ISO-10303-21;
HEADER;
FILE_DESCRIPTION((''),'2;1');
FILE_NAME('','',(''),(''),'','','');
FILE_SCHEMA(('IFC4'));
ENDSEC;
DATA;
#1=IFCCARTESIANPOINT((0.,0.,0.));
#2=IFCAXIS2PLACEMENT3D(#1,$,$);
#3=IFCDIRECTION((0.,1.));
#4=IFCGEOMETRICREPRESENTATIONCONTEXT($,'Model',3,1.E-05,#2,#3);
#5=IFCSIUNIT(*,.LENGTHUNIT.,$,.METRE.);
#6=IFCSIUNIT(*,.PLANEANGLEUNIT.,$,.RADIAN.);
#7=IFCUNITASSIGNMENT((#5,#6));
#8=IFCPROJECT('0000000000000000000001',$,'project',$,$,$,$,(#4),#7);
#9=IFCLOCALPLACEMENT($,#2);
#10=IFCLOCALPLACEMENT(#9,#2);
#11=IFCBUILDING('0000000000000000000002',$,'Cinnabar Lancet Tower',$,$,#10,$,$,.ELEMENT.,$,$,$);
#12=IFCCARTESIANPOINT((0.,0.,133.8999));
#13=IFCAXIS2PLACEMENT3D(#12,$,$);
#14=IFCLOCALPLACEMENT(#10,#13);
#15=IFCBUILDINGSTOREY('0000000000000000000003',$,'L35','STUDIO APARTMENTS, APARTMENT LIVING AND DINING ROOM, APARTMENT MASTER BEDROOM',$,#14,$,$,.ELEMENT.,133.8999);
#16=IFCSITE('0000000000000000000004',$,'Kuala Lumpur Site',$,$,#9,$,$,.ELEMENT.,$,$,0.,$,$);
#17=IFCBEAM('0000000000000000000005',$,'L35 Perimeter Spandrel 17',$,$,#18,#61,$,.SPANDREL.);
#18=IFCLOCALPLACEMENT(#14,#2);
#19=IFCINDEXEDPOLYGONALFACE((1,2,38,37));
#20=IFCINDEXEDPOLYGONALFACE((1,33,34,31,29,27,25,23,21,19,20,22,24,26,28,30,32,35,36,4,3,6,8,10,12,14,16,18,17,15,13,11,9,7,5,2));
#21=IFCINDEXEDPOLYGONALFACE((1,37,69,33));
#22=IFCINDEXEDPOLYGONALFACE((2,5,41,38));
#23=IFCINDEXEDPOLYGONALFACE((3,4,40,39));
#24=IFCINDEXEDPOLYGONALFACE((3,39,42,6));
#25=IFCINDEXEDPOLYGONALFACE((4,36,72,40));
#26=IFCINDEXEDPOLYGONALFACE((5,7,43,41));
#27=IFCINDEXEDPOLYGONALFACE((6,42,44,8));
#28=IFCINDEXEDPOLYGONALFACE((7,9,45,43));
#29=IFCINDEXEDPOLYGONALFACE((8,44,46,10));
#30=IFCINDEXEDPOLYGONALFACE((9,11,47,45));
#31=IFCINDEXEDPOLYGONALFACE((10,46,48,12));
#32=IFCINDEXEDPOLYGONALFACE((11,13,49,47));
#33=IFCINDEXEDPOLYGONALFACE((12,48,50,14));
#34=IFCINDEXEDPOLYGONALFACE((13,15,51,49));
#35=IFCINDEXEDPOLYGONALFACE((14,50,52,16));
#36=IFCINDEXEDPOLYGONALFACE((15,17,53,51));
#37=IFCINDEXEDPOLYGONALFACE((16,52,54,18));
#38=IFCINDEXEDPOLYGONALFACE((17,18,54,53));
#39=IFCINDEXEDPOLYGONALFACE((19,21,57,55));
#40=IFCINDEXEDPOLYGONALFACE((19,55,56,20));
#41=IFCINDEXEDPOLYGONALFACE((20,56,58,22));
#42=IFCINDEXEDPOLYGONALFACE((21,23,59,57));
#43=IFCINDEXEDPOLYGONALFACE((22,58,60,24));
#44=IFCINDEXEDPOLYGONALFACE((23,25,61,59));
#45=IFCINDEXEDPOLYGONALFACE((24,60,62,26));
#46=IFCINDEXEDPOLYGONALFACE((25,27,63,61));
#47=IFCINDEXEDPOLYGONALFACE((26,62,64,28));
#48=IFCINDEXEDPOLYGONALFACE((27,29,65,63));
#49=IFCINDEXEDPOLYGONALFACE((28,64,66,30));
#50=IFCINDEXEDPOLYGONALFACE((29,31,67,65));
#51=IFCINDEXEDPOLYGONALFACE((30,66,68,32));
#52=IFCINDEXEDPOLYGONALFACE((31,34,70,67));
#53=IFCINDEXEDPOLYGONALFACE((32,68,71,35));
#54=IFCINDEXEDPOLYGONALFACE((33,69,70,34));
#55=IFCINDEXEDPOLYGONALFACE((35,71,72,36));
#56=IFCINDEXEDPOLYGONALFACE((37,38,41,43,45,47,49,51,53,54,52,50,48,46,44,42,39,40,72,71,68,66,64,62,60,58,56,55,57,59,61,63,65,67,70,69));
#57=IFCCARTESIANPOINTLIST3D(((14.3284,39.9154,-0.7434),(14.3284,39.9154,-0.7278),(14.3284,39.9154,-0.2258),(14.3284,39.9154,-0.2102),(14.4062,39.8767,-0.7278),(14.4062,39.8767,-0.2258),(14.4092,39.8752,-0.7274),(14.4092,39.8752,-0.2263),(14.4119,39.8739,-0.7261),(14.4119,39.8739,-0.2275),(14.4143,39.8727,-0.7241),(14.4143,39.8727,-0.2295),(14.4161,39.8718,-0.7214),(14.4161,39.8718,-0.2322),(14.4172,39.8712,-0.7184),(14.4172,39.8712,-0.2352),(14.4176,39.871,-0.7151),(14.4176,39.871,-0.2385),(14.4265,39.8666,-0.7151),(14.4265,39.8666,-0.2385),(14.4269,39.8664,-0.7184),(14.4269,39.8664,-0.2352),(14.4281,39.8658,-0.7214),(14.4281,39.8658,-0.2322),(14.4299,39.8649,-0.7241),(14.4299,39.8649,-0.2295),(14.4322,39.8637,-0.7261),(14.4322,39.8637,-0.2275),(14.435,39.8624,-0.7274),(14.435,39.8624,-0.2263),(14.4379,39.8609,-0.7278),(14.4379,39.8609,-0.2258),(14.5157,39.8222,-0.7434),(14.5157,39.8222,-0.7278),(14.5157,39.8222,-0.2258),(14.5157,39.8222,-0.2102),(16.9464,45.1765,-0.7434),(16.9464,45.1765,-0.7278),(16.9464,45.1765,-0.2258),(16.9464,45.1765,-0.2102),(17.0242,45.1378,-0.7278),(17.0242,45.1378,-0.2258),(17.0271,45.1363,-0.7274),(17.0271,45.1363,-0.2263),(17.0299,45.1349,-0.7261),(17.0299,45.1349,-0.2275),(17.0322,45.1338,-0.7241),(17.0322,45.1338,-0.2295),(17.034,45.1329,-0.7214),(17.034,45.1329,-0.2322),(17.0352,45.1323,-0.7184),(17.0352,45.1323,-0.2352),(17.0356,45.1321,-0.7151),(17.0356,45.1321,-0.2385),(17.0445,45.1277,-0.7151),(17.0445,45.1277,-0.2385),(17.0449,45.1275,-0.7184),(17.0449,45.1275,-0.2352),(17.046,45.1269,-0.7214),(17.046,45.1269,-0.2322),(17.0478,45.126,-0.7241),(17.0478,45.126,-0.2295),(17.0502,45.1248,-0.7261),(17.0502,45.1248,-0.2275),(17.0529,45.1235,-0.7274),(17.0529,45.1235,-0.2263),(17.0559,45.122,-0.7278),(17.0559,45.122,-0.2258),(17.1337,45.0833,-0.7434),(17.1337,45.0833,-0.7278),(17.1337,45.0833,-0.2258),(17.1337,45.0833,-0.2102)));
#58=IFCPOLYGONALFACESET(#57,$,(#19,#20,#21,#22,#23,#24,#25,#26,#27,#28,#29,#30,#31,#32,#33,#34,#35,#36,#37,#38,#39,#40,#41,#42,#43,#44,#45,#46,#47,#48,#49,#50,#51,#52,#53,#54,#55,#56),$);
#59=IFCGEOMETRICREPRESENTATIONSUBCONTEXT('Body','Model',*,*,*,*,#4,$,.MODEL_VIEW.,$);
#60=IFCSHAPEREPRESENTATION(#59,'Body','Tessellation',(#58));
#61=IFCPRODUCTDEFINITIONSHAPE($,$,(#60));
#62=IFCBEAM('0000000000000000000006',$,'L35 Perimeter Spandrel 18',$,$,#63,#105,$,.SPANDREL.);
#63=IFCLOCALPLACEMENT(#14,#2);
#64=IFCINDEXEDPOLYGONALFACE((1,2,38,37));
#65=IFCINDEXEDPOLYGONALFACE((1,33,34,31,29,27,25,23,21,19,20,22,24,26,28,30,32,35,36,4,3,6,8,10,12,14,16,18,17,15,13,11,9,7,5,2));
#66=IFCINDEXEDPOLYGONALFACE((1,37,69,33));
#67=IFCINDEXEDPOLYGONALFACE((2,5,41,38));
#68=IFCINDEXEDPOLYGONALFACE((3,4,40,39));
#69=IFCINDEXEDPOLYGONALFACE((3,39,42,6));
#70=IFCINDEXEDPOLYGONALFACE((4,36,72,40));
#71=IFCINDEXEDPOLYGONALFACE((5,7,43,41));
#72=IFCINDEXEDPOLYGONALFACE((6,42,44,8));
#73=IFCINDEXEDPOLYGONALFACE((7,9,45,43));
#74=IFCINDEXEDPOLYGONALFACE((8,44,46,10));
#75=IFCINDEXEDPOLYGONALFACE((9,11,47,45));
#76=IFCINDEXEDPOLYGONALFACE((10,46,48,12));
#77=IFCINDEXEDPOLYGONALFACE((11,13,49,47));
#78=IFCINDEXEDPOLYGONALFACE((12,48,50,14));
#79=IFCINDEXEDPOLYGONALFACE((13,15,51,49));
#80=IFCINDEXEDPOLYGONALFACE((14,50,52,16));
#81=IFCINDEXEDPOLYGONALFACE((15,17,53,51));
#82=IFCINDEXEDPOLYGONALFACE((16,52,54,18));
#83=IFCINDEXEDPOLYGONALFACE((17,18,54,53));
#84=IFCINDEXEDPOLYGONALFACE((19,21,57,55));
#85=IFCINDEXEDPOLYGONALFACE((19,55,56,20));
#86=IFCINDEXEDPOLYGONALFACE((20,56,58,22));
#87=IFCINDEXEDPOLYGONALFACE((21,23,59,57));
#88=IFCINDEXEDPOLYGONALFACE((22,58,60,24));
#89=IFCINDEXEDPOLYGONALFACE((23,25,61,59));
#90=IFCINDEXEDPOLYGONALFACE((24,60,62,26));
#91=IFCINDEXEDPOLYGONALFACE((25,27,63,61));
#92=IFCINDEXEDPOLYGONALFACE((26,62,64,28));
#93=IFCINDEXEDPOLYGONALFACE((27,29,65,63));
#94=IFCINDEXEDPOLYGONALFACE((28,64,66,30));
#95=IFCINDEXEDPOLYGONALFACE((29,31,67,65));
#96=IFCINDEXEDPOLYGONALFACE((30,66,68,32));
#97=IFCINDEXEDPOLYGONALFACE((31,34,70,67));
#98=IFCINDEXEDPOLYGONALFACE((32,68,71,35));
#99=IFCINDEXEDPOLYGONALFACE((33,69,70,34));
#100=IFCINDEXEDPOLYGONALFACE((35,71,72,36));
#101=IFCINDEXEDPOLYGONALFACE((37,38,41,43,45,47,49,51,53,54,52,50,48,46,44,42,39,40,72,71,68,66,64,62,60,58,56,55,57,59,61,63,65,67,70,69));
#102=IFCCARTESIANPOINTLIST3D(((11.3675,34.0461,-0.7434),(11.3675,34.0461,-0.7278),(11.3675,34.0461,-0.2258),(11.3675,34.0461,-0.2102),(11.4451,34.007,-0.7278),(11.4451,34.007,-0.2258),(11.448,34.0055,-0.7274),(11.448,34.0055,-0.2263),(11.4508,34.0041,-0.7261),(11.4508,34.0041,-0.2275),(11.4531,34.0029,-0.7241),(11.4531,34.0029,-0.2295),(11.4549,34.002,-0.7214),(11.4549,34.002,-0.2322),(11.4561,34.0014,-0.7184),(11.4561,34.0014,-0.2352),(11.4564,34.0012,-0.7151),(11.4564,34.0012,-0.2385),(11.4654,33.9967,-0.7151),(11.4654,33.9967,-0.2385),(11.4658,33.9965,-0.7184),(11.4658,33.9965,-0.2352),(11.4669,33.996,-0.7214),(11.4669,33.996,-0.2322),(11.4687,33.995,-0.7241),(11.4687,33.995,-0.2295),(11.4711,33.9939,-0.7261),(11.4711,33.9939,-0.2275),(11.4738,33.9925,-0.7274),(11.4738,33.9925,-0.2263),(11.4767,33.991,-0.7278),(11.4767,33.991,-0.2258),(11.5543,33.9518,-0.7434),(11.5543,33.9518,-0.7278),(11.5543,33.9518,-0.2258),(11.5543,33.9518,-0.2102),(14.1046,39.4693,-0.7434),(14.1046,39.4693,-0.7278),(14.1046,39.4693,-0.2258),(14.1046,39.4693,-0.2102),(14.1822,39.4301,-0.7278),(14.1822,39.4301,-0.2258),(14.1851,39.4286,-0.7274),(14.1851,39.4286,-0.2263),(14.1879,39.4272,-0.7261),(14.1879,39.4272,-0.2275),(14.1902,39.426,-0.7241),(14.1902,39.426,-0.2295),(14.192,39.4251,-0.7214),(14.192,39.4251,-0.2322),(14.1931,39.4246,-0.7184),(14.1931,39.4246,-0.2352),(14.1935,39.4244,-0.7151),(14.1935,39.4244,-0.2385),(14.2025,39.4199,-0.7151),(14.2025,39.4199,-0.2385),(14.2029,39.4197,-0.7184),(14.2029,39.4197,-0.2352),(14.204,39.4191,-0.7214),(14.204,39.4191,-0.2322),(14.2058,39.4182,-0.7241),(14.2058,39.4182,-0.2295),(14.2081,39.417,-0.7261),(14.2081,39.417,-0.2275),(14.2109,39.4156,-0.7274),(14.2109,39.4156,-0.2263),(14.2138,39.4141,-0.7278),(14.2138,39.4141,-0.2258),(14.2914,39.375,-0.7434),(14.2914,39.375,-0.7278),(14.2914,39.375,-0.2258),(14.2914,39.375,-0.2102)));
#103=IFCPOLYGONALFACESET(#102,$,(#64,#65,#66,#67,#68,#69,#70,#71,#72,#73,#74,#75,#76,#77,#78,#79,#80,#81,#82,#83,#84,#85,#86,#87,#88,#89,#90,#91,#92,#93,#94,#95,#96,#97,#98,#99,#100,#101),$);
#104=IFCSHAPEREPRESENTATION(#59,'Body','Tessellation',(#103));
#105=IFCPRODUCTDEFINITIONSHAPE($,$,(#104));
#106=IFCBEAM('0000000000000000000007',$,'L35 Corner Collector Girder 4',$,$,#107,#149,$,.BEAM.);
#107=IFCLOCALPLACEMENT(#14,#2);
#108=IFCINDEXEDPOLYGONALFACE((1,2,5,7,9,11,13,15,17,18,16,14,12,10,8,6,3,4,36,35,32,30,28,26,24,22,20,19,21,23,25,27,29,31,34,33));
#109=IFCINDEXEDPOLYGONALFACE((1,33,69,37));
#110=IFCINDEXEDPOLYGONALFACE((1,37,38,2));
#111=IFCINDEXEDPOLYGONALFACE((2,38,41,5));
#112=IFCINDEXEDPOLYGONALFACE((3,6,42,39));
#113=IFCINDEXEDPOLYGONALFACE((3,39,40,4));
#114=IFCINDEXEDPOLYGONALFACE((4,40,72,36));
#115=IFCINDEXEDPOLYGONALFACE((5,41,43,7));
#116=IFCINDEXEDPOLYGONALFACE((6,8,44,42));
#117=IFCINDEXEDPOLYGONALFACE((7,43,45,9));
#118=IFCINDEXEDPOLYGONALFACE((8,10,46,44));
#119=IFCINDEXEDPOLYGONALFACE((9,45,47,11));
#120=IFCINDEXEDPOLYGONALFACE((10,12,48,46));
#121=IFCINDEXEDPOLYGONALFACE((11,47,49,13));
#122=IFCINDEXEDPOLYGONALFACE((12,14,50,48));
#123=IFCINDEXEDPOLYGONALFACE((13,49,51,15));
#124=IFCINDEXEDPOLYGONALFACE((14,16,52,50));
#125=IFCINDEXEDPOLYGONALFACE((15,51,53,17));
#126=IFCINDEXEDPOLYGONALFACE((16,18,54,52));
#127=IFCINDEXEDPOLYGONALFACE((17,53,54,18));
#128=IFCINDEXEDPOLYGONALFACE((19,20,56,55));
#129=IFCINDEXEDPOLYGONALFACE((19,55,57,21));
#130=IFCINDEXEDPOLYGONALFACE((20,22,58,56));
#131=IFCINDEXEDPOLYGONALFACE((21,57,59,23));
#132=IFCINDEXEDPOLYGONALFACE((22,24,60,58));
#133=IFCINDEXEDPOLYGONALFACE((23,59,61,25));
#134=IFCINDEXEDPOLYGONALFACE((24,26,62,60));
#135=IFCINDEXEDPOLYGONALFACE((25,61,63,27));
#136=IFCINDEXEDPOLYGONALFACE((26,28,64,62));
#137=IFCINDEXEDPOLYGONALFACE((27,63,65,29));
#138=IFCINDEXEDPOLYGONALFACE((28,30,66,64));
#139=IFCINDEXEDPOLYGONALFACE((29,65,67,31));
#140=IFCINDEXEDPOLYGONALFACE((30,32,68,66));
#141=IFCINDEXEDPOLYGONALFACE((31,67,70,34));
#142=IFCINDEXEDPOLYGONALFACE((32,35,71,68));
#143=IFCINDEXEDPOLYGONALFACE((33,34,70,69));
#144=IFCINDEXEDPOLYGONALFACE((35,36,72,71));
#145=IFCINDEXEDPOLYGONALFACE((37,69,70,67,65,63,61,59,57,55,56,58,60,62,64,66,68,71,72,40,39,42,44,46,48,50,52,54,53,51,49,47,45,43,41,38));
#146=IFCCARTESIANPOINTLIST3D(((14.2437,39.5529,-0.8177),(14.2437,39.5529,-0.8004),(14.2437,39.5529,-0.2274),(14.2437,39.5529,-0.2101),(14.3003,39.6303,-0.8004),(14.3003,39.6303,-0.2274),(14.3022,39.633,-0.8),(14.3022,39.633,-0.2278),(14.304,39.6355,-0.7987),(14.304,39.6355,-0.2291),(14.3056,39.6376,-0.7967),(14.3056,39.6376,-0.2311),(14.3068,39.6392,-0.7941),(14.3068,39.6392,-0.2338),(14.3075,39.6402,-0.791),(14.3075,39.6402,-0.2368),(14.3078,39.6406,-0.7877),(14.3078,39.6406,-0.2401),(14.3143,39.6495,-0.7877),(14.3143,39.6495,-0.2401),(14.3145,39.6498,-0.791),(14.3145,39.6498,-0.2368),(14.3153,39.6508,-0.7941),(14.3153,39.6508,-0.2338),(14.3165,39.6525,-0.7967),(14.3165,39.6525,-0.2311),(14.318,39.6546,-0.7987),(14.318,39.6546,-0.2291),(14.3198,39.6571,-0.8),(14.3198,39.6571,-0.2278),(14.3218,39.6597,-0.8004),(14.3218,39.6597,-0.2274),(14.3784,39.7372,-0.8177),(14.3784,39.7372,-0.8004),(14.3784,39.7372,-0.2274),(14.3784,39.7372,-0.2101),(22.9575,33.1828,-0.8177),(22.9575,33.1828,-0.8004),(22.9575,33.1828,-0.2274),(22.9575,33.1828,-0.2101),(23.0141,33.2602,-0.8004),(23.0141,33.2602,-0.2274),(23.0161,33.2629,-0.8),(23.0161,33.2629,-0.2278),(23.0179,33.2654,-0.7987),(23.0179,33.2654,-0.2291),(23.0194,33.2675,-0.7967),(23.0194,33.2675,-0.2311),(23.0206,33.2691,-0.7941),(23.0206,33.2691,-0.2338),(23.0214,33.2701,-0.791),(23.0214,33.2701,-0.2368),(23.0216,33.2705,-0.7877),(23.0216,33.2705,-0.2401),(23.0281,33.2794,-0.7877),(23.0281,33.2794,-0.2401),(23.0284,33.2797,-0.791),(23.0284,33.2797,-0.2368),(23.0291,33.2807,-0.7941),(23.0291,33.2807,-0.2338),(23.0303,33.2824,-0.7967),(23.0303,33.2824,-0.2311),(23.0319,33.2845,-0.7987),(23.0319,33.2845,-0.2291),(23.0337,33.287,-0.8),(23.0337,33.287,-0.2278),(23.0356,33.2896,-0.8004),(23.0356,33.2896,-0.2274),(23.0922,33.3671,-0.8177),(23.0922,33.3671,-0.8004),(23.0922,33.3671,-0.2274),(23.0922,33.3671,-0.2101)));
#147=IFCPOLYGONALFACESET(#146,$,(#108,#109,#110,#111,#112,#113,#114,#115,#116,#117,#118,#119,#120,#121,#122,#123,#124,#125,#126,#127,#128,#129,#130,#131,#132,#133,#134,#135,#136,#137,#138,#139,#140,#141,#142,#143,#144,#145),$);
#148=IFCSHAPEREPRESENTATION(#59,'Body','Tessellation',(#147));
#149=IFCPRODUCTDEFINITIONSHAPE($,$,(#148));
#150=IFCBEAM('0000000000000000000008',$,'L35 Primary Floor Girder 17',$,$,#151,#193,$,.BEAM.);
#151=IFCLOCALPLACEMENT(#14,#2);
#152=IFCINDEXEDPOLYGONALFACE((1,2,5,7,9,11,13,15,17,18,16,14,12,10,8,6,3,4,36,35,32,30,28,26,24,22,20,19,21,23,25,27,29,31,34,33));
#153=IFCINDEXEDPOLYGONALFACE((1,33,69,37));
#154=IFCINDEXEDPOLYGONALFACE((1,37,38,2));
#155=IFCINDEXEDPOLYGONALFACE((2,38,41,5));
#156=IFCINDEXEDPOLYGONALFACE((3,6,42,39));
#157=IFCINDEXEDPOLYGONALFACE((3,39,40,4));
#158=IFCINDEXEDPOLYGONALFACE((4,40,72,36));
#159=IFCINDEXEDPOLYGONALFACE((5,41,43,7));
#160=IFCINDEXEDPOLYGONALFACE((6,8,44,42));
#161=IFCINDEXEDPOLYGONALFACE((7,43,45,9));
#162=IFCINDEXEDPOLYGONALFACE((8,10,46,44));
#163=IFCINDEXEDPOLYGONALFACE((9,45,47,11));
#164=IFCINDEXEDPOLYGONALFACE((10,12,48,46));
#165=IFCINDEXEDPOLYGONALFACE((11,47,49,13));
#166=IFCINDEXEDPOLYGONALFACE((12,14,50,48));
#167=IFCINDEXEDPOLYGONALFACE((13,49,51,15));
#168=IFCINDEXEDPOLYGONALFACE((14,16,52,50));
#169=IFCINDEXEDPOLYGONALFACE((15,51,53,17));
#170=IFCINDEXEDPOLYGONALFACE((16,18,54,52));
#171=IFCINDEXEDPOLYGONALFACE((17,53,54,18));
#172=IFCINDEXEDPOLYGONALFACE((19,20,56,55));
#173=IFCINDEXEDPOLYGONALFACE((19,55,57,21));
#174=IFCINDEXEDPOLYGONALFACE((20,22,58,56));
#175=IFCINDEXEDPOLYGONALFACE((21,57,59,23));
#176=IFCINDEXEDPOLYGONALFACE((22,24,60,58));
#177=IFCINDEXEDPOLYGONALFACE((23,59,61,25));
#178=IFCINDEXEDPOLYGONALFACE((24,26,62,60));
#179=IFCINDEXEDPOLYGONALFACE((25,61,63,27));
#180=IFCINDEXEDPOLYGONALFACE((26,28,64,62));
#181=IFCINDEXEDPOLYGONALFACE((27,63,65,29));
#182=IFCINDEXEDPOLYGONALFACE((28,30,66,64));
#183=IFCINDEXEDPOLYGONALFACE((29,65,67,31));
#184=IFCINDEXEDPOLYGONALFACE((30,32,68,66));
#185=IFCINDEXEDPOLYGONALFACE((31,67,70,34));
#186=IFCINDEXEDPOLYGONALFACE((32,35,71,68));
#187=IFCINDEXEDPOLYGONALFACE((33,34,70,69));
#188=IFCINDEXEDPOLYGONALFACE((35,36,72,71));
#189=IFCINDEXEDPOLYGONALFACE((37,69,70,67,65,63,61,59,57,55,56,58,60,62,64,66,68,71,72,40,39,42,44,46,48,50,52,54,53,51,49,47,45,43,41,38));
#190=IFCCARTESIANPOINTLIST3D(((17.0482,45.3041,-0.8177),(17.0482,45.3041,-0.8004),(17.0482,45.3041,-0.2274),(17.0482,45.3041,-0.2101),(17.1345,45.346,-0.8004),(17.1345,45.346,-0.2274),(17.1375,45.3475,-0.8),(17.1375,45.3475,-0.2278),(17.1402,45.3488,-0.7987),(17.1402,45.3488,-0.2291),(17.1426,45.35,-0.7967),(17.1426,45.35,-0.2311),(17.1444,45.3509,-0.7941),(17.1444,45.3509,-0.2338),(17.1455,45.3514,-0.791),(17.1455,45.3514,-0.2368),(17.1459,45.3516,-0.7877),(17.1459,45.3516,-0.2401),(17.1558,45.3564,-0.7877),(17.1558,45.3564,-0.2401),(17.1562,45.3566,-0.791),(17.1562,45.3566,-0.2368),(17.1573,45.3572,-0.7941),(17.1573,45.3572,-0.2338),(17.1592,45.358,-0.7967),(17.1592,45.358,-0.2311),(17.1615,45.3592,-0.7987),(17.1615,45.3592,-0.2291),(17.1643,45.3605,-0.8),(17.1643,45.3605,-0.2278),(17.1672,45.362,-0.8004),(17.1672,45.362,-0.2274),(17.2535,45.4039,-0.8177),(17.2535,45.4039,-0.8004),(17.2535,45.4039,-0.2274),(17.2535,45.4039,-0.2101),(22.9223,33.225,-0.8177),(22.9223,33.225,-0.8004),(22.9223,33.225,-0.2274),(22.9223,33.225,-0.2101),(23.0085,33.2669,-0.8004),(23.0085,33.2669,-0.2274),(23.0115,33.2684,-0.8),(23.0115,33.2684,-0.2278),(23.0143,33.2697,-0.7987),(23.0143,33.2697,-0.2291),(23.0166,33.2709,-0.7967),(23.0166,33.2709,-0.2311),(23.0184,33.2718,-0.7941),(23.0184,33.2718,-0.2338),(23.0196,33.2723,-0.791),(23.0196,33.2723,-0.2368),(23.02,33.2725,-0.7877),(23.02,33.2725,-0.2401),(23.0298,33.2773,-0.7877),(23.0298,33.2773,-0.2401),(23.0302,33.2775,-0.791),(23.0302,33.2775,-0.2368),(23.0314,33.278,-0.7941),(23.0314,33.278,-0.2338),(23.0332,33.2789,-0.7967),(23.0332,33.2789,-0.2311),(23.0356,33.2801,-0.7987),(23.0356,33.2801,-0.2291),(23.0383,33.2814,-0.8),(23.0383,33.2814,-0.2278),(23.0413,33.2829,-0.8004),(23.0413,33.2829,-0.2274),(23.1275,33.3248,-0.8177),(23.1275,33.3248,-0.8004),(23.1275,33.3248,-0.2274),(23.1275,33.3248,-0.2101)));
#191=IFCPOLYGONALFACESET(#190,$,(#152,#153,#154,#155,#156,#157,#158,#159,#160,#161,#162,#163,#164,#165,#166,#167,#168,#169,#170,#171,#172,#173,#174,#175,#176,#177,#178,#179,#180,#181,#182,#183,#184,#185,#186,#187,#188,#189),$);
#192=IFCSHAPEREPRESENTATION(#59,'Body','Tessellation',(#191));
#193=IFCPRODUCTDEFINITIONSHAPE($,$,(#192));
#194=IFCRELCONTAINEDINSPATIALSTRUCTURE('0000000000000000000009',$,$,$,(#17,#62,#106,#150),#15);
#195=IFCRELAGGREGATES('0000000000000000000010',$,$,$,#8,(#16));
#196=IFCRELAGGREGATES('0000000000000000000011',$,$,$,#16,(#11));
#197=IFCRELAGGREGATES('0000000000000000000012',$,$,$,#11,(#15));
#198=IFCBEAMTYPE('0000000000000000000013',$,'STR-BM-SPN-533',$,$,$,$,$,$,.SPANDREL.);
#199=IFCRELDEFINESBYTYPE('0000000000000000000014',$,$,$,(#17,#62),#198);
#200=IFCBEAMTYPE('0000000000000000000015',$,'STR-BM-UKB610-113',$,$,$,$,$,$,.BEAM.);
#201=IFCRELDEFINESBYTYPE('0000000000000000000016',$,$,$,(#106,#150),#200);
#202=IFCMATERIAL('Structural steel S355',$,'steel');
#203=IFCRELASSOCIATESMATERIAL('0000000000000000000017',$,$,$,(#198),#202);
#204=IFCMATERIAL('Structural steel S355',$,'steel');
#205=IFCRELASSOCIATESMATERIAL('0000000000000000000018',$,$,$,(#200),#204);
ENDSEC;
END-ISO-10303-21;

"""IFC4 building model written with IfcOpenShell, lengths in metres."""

from ifc_helpers import new_model, si_unit, direction, frame, origin, origin_2d, place, context, subcontext, project, spatial, i_section, extrude, material, material_profile, profile_set, type_object, element, save


model = new_model("IFC4")

# Units and contexts
model_context = context("Model", 3, precision=1e-05, world=origin(), true_north=direction((0.0, 1.0)))
body_context = subcontext(model_context, "Body", "Model", "MODEL_VIEW")
ifc_project = project(units=[si_unit("LENGTHUNIT", "METRE"), si_unit("PLANEANGLEUNIT", "RADIAN")], contexts=[model_context])

# Site, building, storey
site_placement = place(None, origin())
site = spatial("IfcSite", under=ifc_project, at=site_placement, Name="Kuala Lumpur Site", CompositionType="ELEMENT", RefElevation=0.0)
building_placement = place(site_placement, origin())
building = spatial("IfcBuilding", under=site, at=building_placement, Name="Cinnabar Lancet Tower", CompositionType="ELEMENT")
storey_placement = place(building_placement, frame((0.0, 0.0, 133.8999)))
storey = spatial("IfcBuildingStorey", under=building, at=storey_placement, Name="L35", Description="STUDIO APARTMENTS, APARTMENT LIVING AND DINING ROOM, APARTMENT MASTER BEDROOM", CompositionType="ELEMENT", Elevation=133.8999)

# Beams
ifc_material_1 = material(Name="Structural steel S355", Category="steel")
ifc_material_profile_1 = material_profile(ifc_material_1, i_section(OverallWidth=0.2092, OverallDepth=0.5332, WebThickness=0.01, FlangeThickness=0.0156, FilletRadius=0.0127, at=origin_2d()), Name="UKB 533x210x92")
ifc_profile_set_1 = profile_set([ifc_material_profile_1], Name="Structural steel S355")
beam_type_1 = type_object("IfcBeamType", Name="STR-BM-SPN-533", PredefinedType="SPANDREL", material=ifc_profile_set_1)
beam_1_placement = place(storey_placement, frame((17.04, 45.1299, -0.4768), z_axis=(-0.445501, -0.895281, 0.0), x_axis=(0.895281, -0.445501, 0.0)))
element("IfcBeam", 1, at=beam_1_placement, inside=storey, type_object=beam_type_1, Name="L35 Perimeter Spandrel 17", PredefinedType="SPANDREL", context=body_context, shape_type="SweptSolid", body=[
    extrude(i_section(OverallWidth=0.2092, OverallDepth=0.5332, WebThickness=0.01, FlangeThickness=0.0156, FilletRadius=0.0127, at=origin_2d()), origin(), (0.0, 0.0, 1.0), 5.8765),
])
beam_2_placement = place(storey_placement, frame((14.198, 39.4221, -0.4768), z_axis=(-0.45057, -0.892741, 0.0), x_axis=(0.892741, -0.45057, 0.0)))
element("IfcBeam", 2, at=beam_2_placement, inside=storey, type_object=beam_type_1, Name="L35 Perimeter Spandrel 18", PredefinedType="SPANDREL", context=body_context, shape_type="SweptSolid", body=[
    extrude(i_section(OverallWidth=0.2092, OverallDepth=0.5332, WebThickness=0.01, FlangeThickness=0.0156, FilletRadius=0.0127, at=origin_2d()), origin(), (0.0, 0.0, 1.0), 6.0747),
])
ifc_material_2 = material(Name="Structural steel S355", Category="steel")
ifc_material_profile_2 = material_profile(ifc_material_2, i_section(OverallWidth=0.2283, OverallDepth=0.6077, WebThickness=0.011, FlangeThickness=0.0173, FilletRadius=0.0127, at=origin_2d()), Name="UKB 610x229x113")
ifc_profile_set_2 = profile_set([ifc_material_profile_2], Name="Structural steel S355")
beam_type_2 = type_object("IfcBeamType", Name="STR-BM-UKB610-113", PredefinedType="BEAM", material=ifc_profile_set_2)
beam_3_placement = place(storey_placement, frame((14.311, 39.645, -0.5139), z_axis=(0.80729, -0.590155, 0.0), x_axis=(0.590155, 0.80729, 0.0)))
element("IfcBeam", 3, at=beam_3_placement, inside=storey, type_object=beam_type_2, Name="L35 Corner Collector Girder 4", PredefinedType="BEAM", context=body_context, shape_type="SweptSolid", body=[
    extrude(i_section(OverallWidth=0.2283, OverallDepth=0.6077, WebThickness=0.011, FlangeThickness=0.0173, FilletRadius=0.0127, at=origin_2d()), origin(), (0.0, 0.0, 1.0), 10.7939),
])
beam_4_placement = place(storey_placement, frame((17.1509, 45.354, -0.5139), z_axis=(0.437327, -0.899302, 0.0), x_axis=(0.899302, 0.437327, 0.0)))
element("IfcBeam", 4, at=beam_4_placement, inside=storey, type_object=beam_type_2, Name="L35 Primary Floor Girder 17", PredefinedType="BEAM", context=body_context, shape_type="SweptSolid", body=[
    extrude(i_section(OverallWidth=0.2283, OverallDepth=0.6077, WebThickness=0.011, FlangeThickness=0.0173, FilletRadius=0.0127, at=origin_2d()), origin(), (0.0, 0.0, 1.0), 13.4316),
])

save(model, "model.ifc")
